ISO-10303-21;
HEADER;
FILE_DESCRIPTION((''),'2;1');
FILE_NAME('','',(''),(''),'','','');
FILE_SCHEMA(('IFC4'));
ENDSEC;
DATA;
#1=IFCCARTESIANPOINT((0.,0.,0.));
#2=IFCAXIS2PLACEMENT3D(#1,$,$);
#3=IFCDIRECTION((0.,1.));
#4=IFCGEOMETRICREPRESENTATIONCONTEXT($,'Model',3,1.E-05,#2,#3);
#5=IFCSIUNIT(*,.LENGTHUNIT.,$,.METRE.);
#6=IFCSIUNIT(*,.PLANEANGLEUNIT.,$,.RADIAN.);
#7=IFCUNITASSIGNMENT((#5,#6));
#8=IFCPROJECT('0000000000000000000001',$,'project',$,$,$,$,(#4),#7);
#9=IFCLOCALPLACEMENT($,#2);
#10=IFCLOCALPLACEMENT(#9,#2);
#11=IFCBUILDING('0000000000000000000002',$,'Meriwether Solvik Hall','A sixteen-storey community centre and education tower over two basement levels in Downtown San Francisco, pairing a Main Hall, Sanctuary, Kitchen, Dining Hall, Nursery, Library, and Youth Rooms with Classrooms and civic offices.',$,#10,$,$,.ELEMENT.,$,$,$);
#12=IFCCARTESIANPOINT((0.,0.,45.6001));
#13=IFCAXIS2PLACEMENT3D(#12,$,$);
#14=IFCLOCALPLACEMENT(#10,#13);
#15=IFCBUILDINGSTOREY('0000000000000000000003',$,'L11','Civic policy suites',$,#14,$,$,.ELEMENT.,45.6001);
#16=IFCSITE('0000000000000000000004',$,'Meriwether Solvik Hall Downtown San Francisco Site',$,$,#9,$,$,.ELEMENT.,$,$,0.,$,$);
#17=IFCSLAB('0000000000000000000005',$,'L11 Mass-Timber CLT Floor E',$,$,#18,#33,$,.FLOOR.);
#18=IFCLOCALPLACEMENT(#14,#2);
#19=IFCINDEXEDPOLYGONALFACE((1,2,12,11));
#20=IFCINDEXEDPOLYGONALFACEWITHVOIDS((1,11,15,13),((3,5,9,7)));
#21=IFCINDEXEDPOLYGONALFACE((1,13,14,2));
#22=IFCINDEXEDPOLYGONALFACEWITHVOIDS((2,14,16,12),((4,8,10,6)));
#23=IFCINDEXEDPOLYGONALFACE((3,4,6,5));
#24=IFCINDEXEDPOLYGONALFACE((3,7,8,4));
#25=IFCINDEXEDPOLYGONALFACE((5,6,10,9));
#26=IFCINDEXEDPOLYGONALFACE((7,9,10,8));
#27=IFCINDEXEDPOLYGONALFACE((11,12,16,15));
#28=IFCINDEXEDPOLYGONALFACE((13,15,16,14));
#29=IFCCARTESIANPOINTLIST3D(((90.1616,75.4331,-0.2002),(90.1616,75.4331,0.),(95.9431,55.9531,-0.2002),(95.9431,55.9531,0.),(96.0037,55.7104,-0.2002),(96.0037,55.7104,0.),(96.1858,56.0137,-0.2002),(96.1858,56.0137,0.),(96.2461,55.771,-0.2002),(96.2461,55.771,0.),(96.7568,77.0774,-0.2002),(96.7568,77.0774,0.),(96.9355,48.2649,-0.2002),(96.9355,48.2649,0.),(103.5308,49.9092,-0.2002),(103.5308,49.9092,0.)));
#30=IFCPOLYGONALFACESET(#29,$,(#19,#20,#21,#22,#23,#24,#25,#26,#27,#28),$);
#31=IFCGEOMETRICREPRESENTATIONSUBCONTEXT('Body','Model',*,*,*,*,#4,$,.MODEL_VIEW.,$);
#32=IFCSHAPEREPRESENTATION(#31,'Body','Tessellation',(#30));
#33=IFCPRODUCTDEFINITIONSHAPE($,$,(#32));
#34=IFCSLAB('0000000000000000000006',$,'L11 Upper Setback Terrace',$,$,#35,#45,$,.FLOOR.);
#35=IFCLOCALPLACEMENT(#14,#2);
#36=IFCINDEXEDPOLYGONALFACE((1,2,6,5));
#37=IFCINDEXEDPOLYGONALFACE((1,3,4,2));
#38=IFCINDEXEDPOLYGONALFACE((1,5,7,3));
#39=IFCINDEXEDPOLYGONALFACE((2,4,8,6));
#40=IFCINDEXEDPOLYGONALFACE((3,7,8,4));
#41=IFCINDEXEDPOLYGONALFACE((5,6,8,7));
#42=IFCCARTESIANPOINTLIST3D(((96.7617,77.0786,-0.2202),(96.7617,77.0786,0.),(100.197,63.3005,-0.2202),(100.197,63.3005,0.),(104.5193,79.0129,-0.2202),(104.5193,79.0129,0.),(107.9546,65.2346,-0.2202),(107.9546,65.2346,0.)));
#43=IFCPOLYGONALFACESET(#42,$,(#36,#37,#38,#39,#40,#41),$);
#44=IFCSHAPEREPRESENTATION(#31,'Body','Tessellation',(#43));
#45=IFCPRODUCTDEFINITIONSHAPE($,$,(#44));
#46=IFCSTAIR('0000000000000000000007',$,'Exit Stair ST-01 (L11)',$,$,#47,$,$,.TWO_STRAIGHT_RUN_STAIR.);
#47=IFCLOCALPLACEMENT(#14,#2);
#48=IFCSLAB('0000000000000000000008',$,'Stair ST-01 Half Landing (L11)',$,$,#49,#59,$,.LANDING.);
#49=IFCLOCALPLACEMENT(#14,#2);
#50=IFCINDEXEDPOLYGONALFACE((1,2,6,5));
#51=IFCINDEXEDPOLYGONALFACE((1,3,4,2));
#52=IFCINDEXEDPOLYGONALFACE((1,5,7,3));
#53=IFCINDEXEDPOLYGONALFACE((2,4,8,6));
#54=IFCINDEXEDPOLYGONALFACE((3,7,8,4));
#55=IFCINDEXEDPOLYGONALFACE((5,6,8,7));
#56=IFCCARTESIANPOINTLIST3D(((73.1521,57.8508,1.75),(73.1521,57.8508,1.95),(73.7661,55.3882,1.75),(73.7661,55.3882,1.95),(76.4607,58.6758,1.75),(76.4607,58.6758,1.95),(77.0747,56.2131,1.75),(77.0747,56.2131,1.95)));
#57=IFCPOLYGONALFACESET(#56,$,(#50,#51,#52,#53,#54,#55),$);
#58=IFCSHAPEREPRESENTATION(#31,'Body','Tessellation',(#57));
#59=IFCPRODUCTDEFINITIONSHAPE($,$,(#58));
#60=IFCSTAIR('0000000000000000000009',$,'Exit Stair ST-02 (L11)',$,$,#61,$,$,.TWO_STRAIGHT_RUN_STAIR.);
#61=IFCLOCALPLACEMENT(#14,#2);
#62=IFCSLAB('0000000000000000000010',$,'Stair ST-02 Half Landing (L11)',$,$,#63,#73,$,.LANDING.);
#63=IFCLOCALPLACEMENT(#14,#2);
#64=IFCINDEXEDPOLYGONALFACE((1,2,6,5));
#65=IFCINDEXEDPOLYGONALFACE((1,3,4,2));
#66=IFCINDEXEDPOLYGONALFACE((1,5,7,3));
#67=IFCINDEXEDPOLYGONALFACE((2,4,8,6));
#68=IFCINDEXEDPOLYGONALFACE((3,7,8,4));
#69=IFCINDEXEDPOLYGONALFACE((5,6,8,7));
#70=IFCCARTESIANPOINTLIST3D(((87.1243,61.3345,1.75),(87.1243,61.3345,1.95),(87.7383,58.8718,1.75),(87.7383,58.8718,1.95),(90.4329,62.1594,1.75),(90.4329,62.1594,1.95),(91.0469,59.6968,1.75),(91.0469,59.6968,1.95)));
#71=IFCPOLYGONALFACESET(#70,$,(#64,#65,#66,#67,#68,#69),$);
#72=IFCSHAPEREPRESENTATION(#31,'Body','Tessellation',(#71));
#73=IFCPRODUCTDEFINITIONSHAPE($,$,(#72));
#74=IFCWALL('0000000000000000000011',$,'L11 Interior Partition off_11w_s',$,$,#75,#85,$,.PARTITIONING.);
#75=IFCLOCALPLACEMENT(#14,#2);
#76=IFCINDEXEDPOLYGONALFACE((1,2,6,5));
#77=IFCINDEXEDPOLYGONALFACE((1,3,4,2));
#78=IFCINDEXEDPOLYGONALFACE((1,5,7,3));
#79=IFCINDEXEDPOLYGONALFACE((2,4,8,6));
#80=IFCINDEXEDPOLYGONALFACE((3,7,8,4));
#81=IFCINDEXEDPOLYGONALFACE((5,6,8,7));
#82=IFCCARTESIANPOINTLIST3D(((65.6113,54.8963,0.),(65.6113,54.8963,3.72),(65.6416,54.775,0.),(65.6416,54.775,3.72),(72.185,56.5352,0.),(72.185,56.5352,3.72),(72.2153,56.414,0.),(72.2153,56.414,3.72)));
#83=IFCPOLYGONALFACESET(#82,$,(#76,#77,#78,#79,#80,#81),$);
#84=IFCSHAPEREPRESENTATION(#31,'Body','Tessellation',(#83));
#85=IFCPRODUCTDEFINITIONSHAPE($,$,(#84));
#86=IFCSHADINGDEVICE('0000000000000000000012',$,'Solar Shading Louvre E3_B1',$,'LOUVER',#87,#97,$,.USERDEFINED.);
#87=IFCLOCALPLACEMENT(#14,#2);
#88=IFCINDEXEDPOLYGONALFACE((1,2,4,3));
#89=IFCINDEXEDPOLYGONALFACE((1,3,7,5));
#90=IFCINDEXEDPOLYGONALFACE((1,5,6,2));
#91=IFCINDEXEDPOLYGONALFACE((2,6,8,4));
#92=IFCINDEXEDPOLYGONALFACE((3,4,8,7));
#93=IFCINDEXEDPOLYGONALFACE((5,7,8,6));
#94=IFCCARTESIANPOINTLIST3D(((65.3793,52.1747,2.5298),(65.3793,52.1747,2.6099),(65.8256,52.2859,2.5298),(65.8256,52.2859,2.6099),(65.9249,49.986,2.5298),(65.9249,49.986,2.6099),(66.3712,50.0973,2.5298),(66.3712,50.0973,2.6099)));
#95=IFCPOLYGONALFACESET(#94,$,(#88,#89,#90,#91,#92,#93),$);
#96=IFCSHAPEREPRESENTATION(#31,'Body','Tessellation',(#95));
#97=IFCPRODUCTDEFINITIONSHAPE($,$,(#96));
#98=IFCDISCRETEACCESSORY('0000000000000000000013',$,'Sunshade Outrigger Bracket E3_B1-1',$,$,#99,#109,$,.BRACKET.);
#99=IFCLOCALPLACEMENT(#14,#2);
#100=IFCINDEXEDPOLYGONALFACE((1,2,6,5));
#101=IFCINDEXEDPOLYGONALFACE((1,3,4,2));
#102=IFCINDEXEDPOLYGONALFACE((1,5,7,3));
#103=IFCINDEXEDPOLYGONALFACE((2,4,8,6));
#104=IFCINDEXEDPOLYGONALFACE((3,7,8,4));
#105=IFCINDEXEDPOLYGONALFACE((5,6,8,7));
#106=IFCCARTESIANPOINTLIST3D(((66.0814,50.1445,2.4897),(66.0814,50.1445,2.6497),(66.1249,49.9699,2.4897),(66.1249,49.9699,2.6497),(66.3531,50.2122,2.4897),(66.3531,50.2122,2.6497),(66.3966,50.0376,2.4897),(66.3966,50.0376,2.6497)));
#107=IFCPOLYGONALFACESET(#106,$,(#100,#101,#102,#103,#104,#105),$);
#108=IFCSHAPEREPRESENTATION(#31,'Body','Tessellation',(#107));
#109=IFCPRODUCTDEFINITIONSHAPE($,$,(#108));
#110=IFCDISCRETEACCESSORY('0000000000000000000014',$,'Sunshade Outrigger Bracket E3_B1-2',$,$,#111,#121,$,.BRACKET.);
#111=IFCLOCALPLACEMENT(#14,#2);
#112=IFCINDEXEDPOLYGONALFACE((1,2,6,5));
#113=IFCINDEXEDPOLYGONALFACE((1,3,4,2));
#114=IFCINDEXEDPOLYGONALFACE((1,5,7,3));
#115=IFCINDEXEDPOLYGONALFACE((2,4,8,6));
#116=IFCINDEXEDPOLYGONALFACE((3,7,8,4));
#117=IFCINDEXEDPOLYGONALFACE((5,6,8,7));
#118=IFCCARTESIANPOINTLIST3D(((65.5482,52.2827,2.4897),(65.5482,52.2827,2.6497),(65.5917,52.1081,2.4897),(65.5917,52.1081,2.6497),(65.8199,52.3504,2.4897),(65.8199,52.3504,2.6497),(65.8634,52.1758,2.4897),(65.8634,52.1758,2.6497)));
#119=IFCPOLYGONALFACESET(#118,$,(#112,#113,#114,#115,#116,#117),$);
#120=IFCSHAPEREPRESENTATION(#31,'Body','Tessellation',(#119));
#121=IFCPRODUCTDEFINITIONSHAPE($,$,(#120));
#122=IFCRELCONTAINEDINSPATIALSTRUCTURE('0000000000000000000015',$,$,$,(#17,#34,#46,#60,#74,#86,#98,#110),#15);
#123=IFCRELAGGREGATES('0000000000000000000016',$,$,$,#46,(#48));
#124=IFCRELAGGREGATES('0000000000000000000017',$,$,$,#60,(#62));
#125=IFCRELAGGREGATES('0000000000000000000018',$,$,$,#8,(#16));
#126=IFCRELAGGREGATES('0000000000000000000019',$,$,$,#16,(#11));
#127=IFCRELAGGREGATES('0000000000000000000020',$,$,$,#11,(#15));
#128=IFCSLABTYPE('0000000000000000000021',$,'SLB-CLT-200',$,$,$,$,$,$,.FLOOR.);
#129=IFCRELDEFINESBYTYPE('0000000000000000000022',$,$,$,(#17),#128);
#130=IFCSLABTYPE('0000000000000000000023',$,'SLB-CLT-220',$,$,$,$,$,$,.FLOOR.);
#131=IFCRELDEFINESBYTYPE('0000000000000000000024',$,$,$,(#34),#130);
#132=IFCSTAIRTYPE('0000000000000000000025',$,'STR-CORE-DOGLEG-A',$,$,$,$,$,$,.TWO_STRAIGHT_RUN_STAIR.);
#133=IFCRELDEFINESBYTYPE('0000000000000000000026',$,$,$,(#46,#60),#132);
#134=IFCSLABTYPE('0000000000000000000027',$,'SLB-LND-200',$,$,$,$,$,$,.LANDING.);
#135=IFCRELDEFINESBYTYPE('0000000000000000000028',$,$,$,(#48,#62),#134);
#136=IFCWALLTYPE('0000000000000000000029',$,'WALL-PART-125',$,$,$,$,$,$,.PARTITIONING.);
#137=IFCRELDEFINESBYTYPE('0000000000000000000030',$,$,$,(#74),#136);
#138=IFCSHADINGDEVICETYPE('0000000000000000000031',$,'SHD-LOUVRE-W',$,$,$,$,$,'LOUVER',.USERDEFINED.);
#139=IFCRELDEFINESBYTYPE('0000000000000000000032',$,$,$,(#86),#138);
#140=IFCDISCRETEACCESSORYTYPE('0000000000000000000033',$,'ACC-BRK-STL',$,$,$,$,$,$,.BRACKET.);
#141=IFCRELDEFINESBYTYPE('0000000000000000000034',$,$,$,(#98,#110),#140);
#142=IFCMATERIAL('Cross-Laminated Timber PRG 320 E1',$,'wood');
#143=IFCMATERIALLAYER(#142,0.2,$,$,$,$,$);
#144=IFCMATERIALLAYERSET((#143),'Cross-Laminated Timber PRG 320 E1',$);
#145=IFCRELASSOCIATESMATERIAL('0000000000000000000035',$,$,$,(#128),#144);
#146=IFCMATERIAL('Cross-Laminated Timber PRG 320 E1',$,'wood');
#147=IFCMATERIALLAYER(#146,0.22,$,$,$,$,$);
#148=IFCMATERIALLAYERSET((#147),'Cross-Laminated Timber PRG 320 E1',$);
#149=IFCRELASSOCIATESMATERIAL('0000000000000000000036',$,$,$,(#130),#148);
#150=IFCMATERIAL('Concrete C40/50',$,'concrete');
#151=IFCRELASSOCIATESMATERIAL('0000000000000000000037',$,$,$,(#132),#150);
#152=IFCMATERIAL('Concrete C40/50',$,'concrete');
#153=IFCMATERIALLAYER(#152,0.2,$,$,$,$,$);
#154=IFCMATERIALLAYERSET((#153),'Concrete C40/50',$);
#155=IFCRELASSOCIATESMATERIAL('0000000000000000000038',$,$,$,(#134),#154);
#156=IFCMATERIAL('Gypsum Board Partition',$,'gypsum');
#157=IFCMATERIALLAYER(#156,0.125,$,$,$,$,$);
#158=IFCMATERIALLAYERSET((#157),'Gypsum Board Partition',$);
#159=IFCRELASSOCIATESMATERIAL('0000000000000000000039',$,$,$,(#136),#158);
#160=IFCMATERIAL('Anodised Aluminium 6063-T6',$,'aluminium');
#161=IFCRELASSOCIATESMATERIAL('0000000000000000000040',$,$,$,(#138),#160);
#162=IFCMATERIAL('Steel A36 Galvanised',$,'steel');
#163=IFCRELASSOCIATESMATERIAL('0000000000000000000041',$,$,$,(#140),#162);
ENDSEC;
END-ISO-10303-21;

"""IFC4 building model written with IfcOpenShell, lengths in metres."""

from ifc_helpers import new_model, si_unit, direction, frame, frame_2d, origin, origin_2d, place, context, subcontext, project, spatial, polyline, rectangle, outline, extrude, material, layer, layer_set, type_object, element, aggregate, save


model = new_model("IFC4")

# Units and contexts
model_context = context("Model", 3, precision=1e-05, world=origin(), true_north=direction((0.0, 1.0)))
body_context = subcontext(model_context, "Body", "Model", "MODEL_VIEW")
ifc_project = project(units=[si_unit("LENGTHUNIT", "METRE"), si_unit("PLANEANGLEUNIT", "RADIAN")], contexts=[model_context])

# Site, building, storey
site_placement = place(None, origin())
site = spatial("IfcSite", under=ifc_project, at=site_placement, Name="Meriwether Solvik Hall Downtown San Francisco Site", CompositionType="ELEMENT", RefElevation=0.0)
building_placement = place(site_placement, origin())
building = spatial("IfcBuilding", under=site, at=building_placement, Name="Meriwether Solvik Hall", Description="A sixteen-storey community centre and education tower over two basement levels in Downtown San Francisco, pairing a Main Hall, Sanctuary, Kitchen, Dining Hall, Nursery, Library, and Youth Rooms with Classrooms and civic offices.", CompositionType="ELEMENT")
storey_placement = place(building_placement, frame((0.0, 0.0, 45.6001)))
storey = spatial("IfcBuildingStorey", under=building, at=storey_placement, Name="L11", Description="Civic policy suites", CompositionType="ELEMENT", Elevation=45.6001)

# Slabs
ifc_material_1 = material(Name="Cross-Laminated Timber PRG 320 E1", Category="wood")
ifc_layer_1 = layer(ifc_material_1, 0.2)
ifc_layer_set_1 = layer_set([ifc_layer_1], Name="Cross-Laminated Timber PRG 320 E1")
slab_type_1 = type_object("IfcSlabType", Name="SLB-CLT-200", PredefinedType="FLOOR", material=ifc_layer_set_1)
slab_1_placement = place(storey_placement, frame((0.0, 0.0, -0.2002)))
element("IfcSlab", 1, at=slab_1_placement, inside=storey, type_object=slab_type_1, Name="L11 Mass-Timber CLT Floor E", PredefinedType="FLOOR", context=body_context, shape_type="SweptSolid", body=[
    extrude(outline(polyline([(96.7568, 77.0774), (103.5308, 49.9092), (96.9355, 48.2649), (90.1616, 75.4331), (96.7568, 77.0774)]), holes=[polyline([(95.9431, 55.9531), (96.0037, 55.7104), (96.2461, 55.771), (96.1858, 56.0137), (95.9431, 55.9531)])]), origin(), (0.0, 0.0, 1.0), 0.2002),
])
ifc_material_2 = material(Name="Cross-Laminated Timber PRG 320 E1", Category="wood")
ifc_layer_2 = layer(ifc_material_2, 0.22)
ifc_layer_set_2 = layer_set([ifc_layer_2], Name="Cross-Laminated Timber PRG 320 E1")
slab_type_2 = type_object("IfcSlabType", Name="SLB-CLT-220", PredefinedType="FLOOR", material=ifc_layer_set_2)
slab_2_placement = place(storey_placement, frame((0.0, 0.0, -0.2202)))
element("IfcSlab", 2, at=slab_2_placement, inside=storey, type_object=slab_type_2, Name="L11 Upper Setback Terrace", PredefinedType="FLOOR", context=body_context, shape_type="SweptSolid", body=[
    extrude(outline(polyline([(100.197, 63.3005), (107.9546, 65.2346), (104.5193, 79.0129), (96.7617, 77.0786), (100.197, 63.3005)])), origin(), (0.0, 0.0, 1.0), 0.2202),
])

# Stairs, slabs
ifc_material_3 = material(Name="Concrete C40/50", Category="concrete")
stair_type = type_object("IfcStairType", Name="STR-CORE-DOGLEG-A", PredefinedType="TWO_STRAIGHT_RUN_STAIR", material=ifc_material_3)
stair_1_placement = place(storey_placement, origin())
stair_1 = element("IfcStair", 3, at=stair_1_placement, inside=storey, type_object=stair_type, Name="Exit Stair ST-01 (L11)", PredefinedType="TWO_STRAIGHT_RUN_STAIR")
ifc_material_4 = material(Name="Concrete C40/50", Category="concrete")
ifc_layer_3 = layer(ifc_material_4, 0.2)
ifc_layer_set_3 = layer_set([ifc_layer_3], Name="Concrete C40/50")
slab_type_3 = type_object("IfcSlabType", Name="SLB-LND-200", PredefinedType="LANDING", material=ifc_layer_set_3)
slab_3_placement = place(storey_placement, frame((0.0, 0.0, 1.75)))
slab_3 = element("IfcSlab", 4, at=slab_3_placement, type_object=slab_type_3, Name="Stair ST-01 Half Landing (L11)", PredefinedType="LANDING", context=body_context, shape_type="SweptSolid", body=[
    extrude(outline(polyline([(73.7661, 55.3882), (77.0747, 56.2131), (76.4607, 58.6758), (73.1521, 57.8508), (73.7661, 55.3882)])), origin(), (0.0, 0.0, 1.0), 0.2),
])
aggregate(stair_1, [slab_3])
stair_2_placement = place(storey_placement, origin())
stair_2 = element("IfcStair", 5, at=stair_2_placement, inside=storey, type_object=stair_type, Name="Exit Stair ST-02 (L11)", PredefinedType="TWO_STRAIGHT_RUN_STAIR")
slab_4_placement = place(storey_placement, frame((0.0, 0.0, 1.75)))
slab_4 = element("IfcSlab", 6, at=slab_4_placement, type_object=slab_type_3, Name="Stair ST-02 Half Landing (L11)", PredefinedType="LANDING", context=body_context, shape_type="SweptSolid", body=[
    extrude(outline(polyline([(87.7383, 58.8718), (91.0469, 59.6968), (90.4329, 62.1594), (87.1243, 61.3345), (87.7383, 58.8718)])), origin(), (0.0, 0.0, 1.0), 0.2),
])
aggregate(stair_2, [slab_4])

# Wall
ifc_material_5 = material(Name="Gypsum Board Partition", Category="gypsum")
ifc_layer_4 = layer(ifc_material_5, 0.125)
ifc_layer_set_4 = layer_set([ifc_layer_4], Name="Gypsum Board Partition")
wall_type = type_object("IfcWallType", Name="WALL-PART-125", PredefinedType="PARTITIONING", material=ifc_layer_set_4)
wall_placement = place(storey_placement, frame((65.6265, 54.8357, 0.0), z_axis=(0.0, 0.0, 1.0), x_axis=(0.970299, 0.241908, 0.0)))
element("IfcWall", 7, at=wall_placement, inside=storey, type_object=wall_type, Name="L11 Interior Partition off_11w_s", PredefinedType="PARTITIONING", context=body_context, shape_type="SweptSolid", body=[
    extrude(rectangle(XDim=6.7749, YDim=0.125, at=frame_2d((3.3875, 0.0))), origin(), (0.0, 0.0, 1.0), 3.72),
])

# Shading device
ifc_material_6 = material(Name="Anodised Aluminium 6063-T6", Category="aluminium")
shading_device_type = type_object("IfcShadingDeviceType", Name="SHD-LOUVRE-W", ElementType="LOUVER", PredefinedType="USERDEFINED", material=ifc_material_6)
shading_device_placement = place(storey_placement, frame((65.8752, 51.136, 2.5298), z_axis=(0.0, 0.0, 1.0), x_axis=(-0.241922, 0.970296, 0.0)))
element("IfcShadingDevice", 8, at=shading_device_placement, inside=storey, type_object=shading_device_type, Name="Solar Shading Louvre E3_B1", ObjectType="LOUVER", PredefinedType="USERDEFINED", context=body_context, shape_type="SweptSolid", body=[
    extrude(rectangle(XDim=2.2556, YDim=0.46, at=origin_2d()), origin(), (0.0, 0.0, 1.0), 0.0801),
])

# Discrete accessories
ifc_material_7 = material(Name="Steel A36 Galvanised", Category="steel")
discrete_accessory_type = type_object("IfcDiscreteAccessoryType", Name="ACC-BRK-STL", PredefinedType="BRACKET", material=ifc_material_7)
for number, where, z_axis, x_axis, name in (
    (9, (66.239, 50.0911, 2.4897), (0.0, 0.0, 1.0), (-0.241922, 0.970296, 0.0), "Sunshade Outrigger Bracket E3_B1-1"),
    (10, (65.7058, 52.2292, 2.4897), (0.0, 0.0, 1.0), (-0.241922, 0.970296, 0.0), "Sunshade Outrigger Bracket E3_B1-2"),
):
    element("IfcDiscreteAccessory", number, at=place(storey_placement, frame(where, z_axis=z_axis, x_axis=x_axis)), inside=storey, type_object=discrete_accessory_type, Name=name, PredefinedType="BRACKET", context=body_context, shape_type="SweptSolid", body=[
        extrude(rectangle(XDim=0.1799, YDim=0.28, at=origin_2d()), origin(), (0.0, 0.0, 1.0), 0.1599),
    ])

save(model, "model.ifc")
